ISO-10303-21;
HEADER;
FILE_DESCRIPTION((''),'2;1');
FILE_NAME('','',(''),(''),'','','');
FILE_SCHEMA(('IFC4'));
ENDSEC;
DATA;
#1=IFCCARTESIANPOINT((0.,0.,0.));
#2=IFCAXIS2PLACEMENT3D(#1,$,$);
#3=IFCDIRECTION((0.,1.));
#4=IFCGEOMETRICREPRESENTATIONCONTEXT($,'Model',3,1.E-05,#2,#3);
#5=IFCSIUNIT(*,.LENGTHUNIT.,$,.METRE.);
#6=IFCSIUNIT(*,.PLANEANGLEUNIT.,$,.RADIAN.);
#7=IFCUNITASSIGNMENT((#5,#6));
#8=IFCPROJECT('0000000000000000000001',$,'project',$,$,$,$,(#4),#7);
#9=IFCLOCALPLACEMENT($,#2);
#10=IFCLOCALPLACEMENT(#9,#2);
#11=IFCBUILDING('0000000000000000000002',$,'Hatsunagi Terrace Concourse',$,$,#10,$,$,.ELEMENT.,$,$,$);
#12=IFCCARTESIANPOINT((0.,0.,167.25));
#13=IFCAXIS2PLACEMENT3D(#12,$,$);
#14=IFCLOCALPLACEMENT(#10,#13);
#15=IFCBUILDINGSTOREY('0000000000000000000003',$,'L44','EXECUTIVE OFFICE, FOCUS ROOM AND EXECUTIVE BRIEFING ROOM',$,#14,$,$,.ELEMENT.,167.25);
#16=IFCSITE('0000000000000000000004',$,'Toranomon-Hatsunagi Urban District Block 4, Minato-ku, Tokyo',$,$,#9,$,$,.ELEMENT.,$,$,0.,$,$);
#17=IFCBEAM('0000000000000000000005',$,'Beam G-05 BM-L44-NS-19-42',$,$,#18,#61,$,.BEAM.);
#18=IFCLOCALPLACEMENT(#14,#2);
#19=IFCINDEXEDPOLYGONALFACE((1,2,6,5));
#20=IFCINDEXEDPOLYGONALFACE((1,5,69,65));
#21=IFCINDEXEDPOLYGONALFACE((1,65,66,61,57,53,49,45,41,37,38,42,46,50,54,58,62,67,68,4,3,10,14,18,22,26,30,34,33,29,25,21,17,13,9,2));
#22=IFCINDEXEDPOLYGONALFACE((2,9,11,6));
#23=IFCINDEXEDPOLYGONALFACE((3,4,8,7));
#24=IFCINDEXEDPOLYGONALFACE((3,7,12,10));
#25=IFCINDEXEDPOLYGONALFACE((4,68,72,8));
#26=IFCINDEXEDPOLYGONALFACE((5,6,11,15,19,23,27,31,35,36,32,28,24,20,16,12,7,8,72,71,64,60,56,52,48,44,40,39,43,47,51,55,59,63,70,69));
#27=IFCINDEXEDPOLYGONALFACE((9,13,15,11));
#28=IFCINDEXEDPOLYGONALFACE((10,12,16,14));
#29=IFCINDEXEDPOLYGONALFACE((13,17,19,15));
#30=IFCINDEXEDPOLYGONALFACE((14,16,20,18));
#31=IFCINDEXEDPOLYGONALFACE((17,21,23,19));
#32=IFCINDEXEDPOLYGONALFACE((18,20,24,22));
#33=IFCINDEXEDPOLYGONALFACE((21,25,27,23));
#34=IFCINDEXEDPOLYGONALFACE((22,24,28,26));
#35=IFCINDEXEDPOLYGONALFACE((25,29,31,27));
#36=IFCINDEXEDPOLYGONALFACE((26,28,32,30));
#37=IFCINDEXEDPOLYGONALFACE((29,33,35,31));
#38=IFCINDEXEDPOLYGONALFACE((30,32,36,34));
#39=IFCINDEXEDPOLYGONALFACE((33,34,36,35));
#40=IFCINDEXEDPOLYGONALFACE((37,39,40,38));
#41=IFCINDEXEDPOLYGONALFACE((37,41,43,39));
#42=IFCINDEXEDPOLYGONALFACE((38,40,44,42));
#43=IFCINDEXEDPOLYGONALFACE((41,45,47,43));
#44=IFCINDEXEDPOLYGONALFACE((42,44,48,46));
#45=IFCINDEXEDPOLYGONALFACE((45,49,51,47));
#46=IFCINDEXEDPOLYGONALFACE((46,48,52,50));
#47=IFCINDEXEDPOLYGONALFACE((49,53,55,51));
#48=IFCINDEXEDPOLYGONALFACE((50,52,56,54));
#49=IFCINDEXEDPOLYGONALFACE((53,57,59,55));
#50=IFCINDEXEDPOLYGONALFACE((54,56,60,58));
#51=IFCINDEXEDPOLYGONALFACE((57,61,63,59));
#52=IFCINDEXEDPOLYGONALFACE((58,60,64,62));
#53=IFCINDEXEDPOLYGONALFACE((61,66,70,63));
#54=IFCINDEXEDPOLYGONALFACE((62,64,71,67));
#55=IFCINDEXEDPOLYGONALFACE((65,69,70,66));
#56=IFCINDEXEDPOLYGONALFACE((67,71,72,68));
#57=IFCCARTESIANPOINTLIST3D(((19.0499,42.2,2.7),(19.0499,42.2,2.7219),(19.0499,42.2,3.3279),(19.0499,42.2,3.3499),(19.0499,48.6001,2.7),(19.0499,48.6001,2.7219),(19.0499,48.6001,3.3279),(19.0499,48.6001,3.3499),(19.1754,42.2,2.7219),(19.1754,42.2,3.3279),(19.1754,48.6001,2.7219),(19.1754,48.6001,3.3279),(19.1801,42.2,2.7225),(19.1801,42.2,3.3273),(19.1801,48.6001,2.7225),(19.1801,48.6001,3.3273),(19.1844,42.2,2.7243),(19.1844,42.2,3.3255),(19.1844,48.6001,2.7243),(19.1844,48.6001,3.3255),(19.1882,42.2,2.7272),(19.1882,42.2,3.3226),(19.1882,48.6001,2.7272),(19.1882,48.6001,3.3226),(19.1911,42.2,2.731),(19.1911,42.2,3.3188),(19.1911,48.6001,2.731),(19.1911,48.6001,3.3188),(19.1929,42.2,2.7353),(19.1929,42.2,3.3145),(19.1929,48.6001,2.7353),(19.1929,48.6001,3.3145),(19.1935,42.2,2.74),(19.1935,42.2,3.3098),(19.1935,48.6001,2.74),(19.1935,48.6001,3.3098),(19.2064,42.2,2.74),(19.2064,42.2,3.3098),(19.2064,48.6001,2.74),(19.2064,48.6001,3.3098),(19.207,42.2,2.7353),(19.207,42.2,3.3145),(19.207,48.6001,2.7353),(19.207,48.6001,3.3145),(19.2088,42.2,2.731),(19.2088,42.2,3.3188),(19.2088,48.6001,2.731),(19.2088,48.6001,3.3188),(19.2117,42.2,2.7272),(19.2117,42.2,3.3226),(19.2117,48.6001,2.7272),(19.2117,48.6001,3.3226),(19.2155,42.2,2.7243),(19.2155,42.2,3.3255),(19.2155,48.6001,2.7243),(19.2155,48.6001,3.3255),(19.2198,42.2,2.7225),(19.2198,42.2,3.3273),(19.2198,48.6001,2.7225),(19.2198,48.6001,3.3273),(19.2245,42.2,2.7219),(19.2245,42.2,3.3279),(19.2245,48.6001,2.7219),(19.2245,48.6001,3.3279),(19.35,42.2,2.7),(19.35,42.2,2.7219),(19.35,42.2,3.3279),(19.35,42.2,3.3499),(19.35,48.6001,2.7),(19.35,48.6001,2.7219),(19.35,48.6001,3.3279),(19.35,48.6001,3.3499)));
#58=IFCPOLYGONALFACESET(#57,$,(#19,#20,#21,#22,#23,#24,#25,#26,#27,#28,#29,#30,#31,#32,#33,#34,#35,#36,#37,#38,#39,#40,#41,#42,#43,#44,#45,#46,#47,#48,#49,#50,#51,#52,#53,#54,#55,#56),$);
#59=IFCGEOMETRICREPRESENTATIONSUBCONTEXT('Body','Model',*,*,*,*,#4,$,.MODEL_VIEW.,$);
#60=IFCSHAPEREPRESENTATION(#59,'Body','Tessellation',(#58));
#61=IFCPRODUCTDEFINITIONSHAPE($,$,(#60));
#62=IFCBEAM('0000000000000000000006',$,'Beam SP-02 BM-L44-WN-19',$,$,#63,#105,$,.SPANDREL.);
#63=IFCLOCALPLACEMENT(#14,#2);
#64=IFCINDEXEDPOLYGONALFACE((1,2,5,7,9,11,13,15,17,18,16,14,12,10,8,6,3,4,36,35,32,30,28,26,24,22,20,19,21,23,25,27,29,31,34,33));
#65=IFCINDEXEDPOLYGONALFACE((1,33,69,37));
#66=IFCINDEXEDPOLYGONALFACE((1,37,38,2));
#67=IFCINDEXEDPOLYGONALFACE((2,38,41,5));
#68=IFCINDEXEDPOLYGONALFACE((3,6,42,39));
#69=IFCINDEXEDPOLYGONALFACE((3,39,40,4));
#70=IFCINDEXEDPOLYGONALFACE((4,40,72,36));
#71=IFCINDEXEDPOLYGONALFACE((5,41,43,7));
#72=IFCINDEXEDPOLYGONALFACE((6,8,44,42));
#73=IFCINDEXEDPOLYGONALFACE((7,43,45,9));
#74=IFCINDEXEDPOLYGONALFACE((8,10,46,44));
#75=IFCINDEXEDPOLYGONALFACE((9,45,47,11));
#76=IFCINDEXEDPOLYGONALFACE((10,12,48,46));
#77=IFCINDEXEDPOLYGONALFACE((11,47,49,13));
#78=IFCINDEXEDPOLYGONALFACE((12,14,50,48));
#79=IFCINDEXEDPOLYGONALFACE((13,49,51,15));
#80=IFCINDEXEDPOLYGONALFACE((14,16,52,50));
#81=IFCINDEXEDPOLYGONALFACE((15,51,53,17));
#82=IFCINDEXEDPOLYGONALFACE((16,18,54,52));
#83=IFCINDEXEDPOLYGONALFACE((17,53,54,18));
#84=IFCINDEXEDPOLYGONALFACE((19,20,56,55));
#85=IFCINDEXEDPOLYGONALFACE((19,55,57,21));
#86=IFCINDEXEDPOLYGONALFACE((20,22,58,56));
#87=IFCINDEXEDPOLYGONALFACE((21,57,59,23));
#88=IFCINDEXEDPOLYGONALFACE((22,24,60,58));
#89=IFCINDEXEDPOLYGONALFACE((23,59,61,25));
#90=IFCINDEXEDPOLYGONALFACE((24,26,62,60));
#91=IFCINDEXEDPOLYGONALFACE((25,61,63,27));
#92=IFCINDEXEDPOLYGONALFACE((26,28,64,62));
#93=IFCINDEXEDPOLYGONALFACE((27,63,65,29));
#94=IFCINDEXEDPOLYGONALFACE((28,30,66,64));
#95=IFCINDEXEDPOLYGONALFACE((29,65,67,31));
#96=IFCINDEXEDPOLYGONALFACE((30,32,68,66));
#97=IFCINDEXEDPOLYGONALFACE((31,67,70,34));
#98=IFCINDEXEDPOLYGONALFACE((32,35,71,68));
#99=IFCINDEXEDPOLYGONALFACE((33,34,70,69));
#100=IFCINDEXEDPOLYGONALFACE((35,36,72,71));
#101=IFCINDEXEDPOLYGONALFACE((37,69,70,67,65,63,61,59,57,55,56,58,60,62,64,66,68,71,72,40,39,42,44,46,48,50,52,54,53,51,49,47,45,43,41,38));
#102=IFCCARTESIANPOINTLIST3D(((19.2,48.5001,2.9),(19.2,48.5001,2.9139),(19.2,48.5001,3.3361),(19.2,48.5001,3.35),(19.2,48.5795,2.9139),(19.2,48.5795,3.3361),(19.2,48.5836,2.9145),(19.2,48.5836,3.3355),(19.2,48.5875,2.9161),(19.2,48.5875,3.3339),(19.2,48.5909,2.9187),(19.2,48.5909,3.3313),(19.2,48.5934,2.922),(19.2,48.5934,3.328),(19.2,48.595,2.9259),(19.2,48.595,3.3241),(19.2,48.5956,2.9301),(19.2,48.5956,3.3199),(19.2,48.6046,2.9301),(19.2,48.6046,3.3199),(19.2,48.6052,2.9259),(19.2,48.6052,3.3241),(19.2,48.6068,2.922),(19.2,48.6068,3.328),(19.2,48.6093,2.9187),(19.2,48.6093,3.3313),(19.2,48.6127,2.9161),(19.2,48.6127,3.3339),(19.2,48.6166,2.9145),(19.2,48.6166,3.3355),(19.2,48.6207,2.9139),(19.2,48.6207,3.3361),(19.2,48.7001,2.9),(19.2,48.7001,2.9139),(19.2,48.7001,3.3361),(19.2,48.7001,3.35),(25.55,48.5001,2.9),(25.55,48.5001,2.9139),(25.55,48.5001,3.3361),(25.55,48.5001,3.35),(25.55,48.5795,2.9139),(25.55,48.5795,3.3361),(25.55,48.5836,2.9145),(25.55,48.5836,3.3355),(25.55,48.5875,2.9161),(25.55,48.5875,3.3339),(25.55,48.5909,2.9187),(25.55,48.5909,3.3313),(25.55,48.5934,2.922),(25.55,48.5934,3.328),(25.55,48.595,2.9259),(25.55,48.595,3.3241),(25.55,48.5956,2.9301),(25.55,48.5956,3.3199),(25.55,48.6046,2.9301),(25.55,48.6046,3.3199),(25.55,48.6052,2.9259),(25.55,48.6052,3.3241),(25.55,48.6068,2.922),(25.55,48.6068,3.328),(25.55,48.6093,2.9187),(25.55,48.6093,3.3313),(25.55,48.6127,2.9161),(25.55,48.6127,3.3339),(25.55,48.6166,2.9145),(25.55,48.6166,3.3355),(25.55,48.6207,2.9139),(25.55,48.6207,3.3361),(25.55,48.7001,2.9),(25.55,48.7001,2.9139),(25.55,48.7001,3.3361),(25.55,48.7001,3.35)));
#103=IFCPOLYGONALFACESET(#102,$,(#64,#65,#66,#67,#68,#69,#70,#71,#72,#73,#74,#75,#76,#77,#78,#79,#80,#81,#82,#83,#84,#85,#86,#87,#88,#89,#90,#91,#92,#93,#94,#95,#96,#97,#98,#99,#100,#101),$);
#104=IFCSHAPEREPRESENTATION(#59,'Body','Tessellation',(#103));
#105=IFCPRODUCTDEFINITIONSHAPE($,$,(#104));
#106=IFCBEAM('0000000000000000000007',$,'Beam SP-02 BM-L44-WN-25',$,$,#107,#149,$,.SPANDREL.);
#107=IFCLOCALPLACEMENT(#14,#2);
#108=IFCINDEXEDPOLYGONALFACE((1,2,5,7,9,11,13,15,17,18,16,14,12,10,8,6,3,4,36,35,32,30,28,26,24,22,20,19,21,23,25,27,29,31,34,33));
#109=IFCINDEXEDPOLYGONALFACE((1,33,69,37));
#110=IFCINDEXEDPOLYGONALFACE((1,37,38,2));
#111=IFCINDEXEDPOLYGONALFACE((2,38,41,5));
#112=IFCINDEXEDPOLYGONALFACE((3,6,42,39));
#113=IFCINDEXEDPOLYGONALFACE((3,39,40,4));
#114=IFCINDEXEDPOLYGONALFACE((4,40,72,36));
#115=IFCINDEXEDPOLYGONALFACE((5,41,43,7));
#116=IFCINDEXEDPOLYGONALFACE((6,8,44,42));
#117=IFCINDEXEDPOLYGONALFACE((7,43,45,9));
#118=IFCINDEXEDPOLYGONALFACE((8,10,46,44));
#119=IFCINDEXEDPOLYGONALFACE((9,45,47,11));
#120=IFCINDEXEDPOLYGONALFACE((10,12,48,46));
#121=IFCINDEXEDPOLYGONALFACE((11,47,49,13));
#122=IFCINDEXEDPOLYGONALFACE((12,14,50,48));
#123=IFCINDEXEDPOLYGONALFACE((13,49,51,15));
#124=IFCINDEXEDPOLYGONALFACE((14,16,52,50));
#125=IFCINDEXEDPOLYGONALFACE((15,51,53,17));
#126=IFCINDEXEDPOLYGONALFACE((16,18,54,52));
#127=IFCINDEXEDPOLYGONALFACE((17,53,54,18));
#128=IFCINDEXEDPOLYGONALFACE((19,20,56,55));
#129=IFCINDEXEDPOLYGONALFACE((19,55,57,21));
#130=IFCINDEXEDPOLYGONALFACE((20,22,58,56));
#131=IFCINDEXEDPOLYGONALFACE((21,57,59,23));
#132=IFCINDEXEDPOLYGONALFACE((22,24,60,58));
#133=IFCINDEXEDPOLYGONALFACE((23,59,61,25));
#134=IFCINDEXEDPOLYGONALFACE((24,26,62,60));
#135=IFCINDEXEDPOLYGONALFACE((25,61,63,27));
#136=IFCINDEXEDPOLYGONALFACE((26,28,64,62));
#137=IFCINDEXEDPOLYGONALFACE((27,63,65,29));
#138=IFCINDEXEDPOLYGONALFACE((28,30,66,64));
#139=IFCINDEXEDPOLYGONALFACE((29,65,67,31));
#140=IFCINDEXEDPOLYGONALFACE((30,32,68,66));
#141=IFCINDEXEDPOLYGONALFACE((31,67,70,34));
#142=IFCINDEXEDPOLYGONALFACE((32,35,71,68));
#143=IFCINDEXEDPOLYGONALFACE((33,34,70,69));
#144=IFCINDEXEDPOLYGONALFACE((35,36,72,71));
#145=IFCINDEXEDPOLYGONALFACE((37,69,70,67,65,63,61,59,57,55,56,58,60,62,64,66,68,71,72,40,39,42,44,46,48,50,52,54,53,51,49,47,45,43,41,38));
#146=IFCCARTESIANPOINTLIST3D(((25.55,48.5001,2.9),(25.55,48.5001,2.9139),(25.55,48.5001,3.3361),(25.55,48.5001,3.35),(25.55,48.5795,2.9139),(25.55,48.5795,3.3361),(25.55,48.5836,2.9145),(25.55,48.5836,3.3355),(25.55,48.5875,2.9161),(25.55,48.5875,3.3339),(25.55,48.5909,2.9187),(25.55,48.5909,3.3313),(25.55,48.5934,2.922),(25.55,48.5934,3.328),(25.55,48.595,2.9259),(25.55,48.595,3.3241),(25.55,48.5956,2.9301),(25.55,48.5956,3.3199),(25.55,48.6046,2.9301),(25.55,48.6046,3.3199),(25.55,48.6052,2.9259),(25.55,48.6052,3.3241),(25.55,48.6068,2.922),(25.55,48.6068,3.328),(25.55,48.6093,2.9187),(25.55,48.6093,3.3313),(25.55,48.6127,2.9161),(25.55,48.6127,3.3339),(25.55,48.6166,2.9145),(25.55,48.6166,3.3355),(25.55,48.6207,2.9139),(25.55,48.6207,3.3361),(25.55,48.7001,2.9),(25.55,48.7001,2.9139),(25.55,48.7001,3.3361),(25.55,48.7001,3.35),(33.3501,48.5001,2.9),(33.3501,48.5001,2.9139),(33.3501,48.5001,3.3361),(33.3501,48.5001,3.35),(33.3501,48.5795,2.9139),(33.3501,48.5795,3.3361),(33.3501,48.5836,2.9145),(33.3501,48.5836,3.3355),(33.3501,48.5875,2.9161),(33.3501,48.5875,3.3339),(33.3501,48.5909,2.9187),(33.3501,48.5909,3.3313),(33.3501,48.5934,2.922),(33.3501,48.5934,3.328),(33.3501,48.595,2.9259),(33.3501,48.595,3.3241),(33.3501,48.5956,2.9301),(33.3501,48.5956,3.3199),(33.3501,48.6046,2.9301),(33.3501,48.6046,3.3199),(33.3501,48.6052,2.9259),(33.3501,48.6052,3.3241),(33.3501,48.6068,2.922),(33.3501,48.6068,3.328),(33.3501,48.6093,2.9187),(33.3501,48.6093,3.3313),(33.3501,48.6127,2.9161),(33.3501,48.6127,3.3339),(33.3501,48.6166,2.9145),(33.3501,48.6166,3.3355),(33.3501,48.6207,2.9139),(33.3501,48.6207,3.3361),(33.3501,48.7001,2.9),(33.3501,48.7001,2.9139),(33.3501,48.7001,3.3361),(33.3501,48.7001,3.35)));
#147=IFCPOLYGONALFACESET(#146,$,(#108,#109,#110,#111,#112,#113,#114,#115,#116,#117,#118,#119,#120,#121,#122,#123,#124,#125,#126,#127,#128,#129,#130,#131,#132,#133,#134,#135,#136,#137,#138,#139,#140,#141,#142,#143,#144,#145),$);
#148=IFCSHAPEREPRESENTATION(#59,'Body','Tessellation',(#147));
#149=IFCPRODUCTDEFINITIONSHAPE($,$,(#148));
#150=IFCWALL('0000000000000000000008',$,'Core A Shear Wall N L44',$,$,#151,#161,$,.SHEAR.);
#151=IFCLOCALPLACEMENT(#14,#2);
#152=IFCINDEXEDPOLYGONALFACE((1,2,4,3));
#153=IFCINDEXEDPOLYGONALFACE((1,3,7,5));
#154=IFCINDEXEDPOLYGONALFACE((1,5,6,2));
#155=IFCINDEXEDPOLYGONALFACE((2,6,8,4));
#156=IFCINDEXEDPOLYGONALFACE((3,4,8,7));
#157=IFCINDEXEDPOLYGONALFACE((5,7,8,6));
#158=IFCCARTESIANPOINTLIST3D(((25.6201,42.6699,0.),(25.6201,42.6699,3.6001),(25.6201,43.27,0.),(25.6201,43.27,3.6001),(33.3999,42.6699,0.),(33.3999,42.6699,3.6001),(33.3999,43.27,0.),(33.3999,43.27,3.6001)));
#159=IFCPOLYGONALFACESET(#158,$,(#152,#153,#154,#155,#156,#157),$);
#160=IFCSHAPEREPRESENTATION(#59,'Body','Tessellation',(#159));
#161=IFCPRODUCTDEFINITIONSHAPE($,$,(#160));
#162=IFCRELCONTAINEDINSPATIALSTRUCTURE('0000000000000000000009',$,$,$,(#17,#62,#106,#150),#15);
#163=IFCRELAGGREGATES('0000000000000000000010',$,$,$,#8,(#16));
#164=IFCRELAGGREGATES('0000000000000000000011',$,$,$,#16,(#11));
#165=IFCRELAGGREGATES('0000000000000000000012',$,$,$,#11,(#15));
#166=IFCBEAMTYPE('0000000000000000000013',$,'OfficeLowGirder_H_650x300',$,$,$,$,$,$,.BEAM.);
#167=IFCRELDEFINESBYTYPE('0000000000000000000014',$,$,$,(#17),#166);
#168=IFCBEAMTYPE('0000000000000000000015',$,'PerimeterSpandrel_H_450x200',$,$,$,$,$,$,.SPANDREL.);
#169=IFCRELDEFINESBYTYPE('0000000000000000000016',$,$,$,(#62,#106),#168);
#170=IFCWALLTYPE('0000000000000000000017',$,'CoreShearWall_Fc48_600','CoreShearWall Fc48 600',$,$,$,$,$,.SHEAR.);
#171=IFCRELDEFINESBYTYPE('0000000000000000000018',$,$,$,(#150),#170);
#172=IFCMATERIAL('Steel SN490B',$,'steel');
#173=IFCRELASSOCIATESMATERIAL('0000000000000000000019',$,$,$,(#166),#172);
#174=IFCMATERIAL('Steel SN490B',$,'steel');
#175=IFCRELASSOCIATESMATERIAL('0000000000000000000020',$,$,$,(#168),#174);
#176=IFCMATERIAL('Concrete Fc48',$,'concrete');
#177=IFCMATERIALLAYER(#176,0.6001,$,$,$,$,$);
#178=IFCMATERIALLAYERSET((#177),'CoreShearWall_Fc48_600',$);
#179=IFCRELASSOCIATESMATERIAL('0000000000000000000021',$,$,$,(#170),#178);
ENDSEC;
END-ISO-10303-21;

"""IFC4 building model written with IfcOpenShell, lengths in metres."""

from ifc_helpers import new_model, si_unit, direction, frame, frame_2d, origin, origin_2d, place, context, subcontext, project, spatial, rectangle, i_section, extrude, material, layer, layer_set, material_profile, profile_set, type_object, element, save


model = new_model("IFC4")

# Units and contexts
model_context = context("Model", 3, precision=1e-05, world=origin(), true_north=direction((0.0, 1.0)))
body_context = subcontext(model_context, "Body", "Model", "MODEL_VIEW")
ifc_project = project(units=[si_unit("LENGTHUNIT", "METRE"), si_unit("PLANEANGLEUNIT", "RADIAN")], contexts=[model_context])

# Site, building, storey
site_placement = place(None, origin())
site = spatial("IfcSite", under=ifc_project, at=site_placement, Name="Toranomon-Hatsunagi Urban District Block 4, Minato-ku, Tokyo", CompositionType="ELEMENT", RefElevation=0.0)
building_placement = place(site_placement, origin())
building = spatial("IfcBuilding", under=site, at=building_placement, Name="Hatsunagi Terrace Concourse", CompositionType="ELEMENT")
storey_placement = place(building_placement, frame((0.0, 0.0, 167.25)))
storey = spatial("IfcBuildingStorey", under=building, at=storey_placement, Name="L44", Description="EXECUTIVE OFFICE, FOCUS ROOM AND EXECUTIVE BRIEFING ROOM", CompositionType="ELEMENT", Elevation=167.25)

# Beams
ifc_material_1 = material(Name="Steel SN490B", Category="steel")
ifc_material_profile_1 = material_profile(ifc_material_1, i_section(OverallWidth=0.3, OverallDepth=0.6499, WebThickness=0.0129, FlangeThickness=0.022, FilletRadius=0.0181, at=origin_2d()), Name="H-650x300x13x22")
ifc_profile_set_1 = profile_set([ifc_material_profile_1], Name="Steel SN490B")
beam_type_1 = type_object("IfcBeamType", Name="OfficeLowGirder_H_650x300", PredefinedType="BEAM", material=ifc_profile_set_1)
beam_1_placement = place(storey_placement, frame((19.2, 42.2, 3.0249), z_axis=(0.0, 1.0, 0.0), x_axis=(-1.0, 0.0, 0.0)))
element("IfcBeam", 1, at=beam_1_placement, inside=storey, type_object=beam_type_1, Name="Beam G-05 BM-L44-NS-19-42", PredefinedType="BEAM", context=body_context, shape_type="SweptSolid", body=[
    extrude(i_section(OverallWidth=0.3, OverallDepth=0.6499, WebThickness=0.0129, FlangeThickness=0.022, FilletRadius=0.0181, at=origin_2d()), origin(), (0.0, 0.0, 1.0), 6.4001),
])
ifc_material_2 = material(Name="Steel SN490B", Category="steel")
ifc_material_profile_2 = material_profile(ifc_material_2, i_section(OverallWidth=0.2, OverallDepth=0.45, WebThickness=0.009, FlangeThickness=0.0139, FilletRadius=0.0161, at=origin_2d()), Name="H-450x200x9x14")
ifc_profile_set_2 = profile_set([ifc_material_profile_2], Name="Steel SN490B")
beam_type_2 = type_object("IfcBeamType", Name="PerimeterSpandrel_H_450x200", PredefinedType="SPANDREL", material=ifc_profile_set_2)
beam_2_placement = place(storey_placement, frame((19.2, 48.6001, 3.125), z_axis=(1.0, 0.0, 0.0), x_axis=(0.0, 1.0, 0.0)))
element("IfcBeam", 2, at=beam_2_placement, inside=storey, type_object=beam_type_2, Name="Beam SP-02 BM-L44-WN-19", PredefinedType="SPANDREL", context=body_context, shape_type="SweptSolid", body=[
    extrude(i_section(OverallWidth=0.2, OverallDepth=0.45, WebThickness=0.009, FlangeThickness=0.0139, FilletRadius=0.0161, at=origin_2d()), origin(), (0.0, 0.0, 1.0), 6.3501),
])
beam_3_placement = place(storey_placement, frame((25.55, 48.6001, 3.125), z_axis=(1.0, 0.0, 0.0), x_axis=(0.0, 1.0, 0.0)))
element("IfcBeam", 3, at=beam_3_placement, inside=storey, type_object=beam_type_2, Name="Beam SP-02 BM-L44-WN-25", PredefinedType="SPANDREL", context=body_context, shape_type="SweptSolid", body=[
    extrude(i_section(OverallWidth=0.2, OverallDepth=0.45, WebThickness=0.009, FlangeThickness=0.0139, FilletRadius=0.0161, at=origin_2d()), origin(), (0.0, 0.0, 1.0), 7.8),
])

# Wall
ifc_material_3 = material(Name="Concrete Fc48", Category="concrete")
ifc_layer_1 = layer(ifc_material_3, 0.6001)
ifc_layer_set_1 = layer_set([ifc_layer_1], Name="CoreShearWall_Fc48_600")
wall_type_1 = type_object("IfcWallType", Name="CoreShearWall_Fc48_600", Description="CoreShearWall Fc48 600", PredefinedType="SHEAR", material=ifc_layer_set_1)
wall_1_placement = place(storey_placement, frame((25.6201, 42.97, 0.0), z_axis=(0.0, 0.0, 1.0), x_axis=(1.0, 0.0, 0.0)))
element("IfcWall", 4, at=wall_1_placement, inside=storey, type_object=wall_type_1, Name="Core A Shear Wall N L44", PredefinedType="SHEAR", context=body_context, shape_type="SweptSolid", body=[
    extrude(rectangle(XDim=7.7798, YDim=0.6001, at=frame_2d((3.8899, 0.0))), origin(), (0.0, 0.0, 1.0), 3.6001),
])

save(model, "model.ifc")
